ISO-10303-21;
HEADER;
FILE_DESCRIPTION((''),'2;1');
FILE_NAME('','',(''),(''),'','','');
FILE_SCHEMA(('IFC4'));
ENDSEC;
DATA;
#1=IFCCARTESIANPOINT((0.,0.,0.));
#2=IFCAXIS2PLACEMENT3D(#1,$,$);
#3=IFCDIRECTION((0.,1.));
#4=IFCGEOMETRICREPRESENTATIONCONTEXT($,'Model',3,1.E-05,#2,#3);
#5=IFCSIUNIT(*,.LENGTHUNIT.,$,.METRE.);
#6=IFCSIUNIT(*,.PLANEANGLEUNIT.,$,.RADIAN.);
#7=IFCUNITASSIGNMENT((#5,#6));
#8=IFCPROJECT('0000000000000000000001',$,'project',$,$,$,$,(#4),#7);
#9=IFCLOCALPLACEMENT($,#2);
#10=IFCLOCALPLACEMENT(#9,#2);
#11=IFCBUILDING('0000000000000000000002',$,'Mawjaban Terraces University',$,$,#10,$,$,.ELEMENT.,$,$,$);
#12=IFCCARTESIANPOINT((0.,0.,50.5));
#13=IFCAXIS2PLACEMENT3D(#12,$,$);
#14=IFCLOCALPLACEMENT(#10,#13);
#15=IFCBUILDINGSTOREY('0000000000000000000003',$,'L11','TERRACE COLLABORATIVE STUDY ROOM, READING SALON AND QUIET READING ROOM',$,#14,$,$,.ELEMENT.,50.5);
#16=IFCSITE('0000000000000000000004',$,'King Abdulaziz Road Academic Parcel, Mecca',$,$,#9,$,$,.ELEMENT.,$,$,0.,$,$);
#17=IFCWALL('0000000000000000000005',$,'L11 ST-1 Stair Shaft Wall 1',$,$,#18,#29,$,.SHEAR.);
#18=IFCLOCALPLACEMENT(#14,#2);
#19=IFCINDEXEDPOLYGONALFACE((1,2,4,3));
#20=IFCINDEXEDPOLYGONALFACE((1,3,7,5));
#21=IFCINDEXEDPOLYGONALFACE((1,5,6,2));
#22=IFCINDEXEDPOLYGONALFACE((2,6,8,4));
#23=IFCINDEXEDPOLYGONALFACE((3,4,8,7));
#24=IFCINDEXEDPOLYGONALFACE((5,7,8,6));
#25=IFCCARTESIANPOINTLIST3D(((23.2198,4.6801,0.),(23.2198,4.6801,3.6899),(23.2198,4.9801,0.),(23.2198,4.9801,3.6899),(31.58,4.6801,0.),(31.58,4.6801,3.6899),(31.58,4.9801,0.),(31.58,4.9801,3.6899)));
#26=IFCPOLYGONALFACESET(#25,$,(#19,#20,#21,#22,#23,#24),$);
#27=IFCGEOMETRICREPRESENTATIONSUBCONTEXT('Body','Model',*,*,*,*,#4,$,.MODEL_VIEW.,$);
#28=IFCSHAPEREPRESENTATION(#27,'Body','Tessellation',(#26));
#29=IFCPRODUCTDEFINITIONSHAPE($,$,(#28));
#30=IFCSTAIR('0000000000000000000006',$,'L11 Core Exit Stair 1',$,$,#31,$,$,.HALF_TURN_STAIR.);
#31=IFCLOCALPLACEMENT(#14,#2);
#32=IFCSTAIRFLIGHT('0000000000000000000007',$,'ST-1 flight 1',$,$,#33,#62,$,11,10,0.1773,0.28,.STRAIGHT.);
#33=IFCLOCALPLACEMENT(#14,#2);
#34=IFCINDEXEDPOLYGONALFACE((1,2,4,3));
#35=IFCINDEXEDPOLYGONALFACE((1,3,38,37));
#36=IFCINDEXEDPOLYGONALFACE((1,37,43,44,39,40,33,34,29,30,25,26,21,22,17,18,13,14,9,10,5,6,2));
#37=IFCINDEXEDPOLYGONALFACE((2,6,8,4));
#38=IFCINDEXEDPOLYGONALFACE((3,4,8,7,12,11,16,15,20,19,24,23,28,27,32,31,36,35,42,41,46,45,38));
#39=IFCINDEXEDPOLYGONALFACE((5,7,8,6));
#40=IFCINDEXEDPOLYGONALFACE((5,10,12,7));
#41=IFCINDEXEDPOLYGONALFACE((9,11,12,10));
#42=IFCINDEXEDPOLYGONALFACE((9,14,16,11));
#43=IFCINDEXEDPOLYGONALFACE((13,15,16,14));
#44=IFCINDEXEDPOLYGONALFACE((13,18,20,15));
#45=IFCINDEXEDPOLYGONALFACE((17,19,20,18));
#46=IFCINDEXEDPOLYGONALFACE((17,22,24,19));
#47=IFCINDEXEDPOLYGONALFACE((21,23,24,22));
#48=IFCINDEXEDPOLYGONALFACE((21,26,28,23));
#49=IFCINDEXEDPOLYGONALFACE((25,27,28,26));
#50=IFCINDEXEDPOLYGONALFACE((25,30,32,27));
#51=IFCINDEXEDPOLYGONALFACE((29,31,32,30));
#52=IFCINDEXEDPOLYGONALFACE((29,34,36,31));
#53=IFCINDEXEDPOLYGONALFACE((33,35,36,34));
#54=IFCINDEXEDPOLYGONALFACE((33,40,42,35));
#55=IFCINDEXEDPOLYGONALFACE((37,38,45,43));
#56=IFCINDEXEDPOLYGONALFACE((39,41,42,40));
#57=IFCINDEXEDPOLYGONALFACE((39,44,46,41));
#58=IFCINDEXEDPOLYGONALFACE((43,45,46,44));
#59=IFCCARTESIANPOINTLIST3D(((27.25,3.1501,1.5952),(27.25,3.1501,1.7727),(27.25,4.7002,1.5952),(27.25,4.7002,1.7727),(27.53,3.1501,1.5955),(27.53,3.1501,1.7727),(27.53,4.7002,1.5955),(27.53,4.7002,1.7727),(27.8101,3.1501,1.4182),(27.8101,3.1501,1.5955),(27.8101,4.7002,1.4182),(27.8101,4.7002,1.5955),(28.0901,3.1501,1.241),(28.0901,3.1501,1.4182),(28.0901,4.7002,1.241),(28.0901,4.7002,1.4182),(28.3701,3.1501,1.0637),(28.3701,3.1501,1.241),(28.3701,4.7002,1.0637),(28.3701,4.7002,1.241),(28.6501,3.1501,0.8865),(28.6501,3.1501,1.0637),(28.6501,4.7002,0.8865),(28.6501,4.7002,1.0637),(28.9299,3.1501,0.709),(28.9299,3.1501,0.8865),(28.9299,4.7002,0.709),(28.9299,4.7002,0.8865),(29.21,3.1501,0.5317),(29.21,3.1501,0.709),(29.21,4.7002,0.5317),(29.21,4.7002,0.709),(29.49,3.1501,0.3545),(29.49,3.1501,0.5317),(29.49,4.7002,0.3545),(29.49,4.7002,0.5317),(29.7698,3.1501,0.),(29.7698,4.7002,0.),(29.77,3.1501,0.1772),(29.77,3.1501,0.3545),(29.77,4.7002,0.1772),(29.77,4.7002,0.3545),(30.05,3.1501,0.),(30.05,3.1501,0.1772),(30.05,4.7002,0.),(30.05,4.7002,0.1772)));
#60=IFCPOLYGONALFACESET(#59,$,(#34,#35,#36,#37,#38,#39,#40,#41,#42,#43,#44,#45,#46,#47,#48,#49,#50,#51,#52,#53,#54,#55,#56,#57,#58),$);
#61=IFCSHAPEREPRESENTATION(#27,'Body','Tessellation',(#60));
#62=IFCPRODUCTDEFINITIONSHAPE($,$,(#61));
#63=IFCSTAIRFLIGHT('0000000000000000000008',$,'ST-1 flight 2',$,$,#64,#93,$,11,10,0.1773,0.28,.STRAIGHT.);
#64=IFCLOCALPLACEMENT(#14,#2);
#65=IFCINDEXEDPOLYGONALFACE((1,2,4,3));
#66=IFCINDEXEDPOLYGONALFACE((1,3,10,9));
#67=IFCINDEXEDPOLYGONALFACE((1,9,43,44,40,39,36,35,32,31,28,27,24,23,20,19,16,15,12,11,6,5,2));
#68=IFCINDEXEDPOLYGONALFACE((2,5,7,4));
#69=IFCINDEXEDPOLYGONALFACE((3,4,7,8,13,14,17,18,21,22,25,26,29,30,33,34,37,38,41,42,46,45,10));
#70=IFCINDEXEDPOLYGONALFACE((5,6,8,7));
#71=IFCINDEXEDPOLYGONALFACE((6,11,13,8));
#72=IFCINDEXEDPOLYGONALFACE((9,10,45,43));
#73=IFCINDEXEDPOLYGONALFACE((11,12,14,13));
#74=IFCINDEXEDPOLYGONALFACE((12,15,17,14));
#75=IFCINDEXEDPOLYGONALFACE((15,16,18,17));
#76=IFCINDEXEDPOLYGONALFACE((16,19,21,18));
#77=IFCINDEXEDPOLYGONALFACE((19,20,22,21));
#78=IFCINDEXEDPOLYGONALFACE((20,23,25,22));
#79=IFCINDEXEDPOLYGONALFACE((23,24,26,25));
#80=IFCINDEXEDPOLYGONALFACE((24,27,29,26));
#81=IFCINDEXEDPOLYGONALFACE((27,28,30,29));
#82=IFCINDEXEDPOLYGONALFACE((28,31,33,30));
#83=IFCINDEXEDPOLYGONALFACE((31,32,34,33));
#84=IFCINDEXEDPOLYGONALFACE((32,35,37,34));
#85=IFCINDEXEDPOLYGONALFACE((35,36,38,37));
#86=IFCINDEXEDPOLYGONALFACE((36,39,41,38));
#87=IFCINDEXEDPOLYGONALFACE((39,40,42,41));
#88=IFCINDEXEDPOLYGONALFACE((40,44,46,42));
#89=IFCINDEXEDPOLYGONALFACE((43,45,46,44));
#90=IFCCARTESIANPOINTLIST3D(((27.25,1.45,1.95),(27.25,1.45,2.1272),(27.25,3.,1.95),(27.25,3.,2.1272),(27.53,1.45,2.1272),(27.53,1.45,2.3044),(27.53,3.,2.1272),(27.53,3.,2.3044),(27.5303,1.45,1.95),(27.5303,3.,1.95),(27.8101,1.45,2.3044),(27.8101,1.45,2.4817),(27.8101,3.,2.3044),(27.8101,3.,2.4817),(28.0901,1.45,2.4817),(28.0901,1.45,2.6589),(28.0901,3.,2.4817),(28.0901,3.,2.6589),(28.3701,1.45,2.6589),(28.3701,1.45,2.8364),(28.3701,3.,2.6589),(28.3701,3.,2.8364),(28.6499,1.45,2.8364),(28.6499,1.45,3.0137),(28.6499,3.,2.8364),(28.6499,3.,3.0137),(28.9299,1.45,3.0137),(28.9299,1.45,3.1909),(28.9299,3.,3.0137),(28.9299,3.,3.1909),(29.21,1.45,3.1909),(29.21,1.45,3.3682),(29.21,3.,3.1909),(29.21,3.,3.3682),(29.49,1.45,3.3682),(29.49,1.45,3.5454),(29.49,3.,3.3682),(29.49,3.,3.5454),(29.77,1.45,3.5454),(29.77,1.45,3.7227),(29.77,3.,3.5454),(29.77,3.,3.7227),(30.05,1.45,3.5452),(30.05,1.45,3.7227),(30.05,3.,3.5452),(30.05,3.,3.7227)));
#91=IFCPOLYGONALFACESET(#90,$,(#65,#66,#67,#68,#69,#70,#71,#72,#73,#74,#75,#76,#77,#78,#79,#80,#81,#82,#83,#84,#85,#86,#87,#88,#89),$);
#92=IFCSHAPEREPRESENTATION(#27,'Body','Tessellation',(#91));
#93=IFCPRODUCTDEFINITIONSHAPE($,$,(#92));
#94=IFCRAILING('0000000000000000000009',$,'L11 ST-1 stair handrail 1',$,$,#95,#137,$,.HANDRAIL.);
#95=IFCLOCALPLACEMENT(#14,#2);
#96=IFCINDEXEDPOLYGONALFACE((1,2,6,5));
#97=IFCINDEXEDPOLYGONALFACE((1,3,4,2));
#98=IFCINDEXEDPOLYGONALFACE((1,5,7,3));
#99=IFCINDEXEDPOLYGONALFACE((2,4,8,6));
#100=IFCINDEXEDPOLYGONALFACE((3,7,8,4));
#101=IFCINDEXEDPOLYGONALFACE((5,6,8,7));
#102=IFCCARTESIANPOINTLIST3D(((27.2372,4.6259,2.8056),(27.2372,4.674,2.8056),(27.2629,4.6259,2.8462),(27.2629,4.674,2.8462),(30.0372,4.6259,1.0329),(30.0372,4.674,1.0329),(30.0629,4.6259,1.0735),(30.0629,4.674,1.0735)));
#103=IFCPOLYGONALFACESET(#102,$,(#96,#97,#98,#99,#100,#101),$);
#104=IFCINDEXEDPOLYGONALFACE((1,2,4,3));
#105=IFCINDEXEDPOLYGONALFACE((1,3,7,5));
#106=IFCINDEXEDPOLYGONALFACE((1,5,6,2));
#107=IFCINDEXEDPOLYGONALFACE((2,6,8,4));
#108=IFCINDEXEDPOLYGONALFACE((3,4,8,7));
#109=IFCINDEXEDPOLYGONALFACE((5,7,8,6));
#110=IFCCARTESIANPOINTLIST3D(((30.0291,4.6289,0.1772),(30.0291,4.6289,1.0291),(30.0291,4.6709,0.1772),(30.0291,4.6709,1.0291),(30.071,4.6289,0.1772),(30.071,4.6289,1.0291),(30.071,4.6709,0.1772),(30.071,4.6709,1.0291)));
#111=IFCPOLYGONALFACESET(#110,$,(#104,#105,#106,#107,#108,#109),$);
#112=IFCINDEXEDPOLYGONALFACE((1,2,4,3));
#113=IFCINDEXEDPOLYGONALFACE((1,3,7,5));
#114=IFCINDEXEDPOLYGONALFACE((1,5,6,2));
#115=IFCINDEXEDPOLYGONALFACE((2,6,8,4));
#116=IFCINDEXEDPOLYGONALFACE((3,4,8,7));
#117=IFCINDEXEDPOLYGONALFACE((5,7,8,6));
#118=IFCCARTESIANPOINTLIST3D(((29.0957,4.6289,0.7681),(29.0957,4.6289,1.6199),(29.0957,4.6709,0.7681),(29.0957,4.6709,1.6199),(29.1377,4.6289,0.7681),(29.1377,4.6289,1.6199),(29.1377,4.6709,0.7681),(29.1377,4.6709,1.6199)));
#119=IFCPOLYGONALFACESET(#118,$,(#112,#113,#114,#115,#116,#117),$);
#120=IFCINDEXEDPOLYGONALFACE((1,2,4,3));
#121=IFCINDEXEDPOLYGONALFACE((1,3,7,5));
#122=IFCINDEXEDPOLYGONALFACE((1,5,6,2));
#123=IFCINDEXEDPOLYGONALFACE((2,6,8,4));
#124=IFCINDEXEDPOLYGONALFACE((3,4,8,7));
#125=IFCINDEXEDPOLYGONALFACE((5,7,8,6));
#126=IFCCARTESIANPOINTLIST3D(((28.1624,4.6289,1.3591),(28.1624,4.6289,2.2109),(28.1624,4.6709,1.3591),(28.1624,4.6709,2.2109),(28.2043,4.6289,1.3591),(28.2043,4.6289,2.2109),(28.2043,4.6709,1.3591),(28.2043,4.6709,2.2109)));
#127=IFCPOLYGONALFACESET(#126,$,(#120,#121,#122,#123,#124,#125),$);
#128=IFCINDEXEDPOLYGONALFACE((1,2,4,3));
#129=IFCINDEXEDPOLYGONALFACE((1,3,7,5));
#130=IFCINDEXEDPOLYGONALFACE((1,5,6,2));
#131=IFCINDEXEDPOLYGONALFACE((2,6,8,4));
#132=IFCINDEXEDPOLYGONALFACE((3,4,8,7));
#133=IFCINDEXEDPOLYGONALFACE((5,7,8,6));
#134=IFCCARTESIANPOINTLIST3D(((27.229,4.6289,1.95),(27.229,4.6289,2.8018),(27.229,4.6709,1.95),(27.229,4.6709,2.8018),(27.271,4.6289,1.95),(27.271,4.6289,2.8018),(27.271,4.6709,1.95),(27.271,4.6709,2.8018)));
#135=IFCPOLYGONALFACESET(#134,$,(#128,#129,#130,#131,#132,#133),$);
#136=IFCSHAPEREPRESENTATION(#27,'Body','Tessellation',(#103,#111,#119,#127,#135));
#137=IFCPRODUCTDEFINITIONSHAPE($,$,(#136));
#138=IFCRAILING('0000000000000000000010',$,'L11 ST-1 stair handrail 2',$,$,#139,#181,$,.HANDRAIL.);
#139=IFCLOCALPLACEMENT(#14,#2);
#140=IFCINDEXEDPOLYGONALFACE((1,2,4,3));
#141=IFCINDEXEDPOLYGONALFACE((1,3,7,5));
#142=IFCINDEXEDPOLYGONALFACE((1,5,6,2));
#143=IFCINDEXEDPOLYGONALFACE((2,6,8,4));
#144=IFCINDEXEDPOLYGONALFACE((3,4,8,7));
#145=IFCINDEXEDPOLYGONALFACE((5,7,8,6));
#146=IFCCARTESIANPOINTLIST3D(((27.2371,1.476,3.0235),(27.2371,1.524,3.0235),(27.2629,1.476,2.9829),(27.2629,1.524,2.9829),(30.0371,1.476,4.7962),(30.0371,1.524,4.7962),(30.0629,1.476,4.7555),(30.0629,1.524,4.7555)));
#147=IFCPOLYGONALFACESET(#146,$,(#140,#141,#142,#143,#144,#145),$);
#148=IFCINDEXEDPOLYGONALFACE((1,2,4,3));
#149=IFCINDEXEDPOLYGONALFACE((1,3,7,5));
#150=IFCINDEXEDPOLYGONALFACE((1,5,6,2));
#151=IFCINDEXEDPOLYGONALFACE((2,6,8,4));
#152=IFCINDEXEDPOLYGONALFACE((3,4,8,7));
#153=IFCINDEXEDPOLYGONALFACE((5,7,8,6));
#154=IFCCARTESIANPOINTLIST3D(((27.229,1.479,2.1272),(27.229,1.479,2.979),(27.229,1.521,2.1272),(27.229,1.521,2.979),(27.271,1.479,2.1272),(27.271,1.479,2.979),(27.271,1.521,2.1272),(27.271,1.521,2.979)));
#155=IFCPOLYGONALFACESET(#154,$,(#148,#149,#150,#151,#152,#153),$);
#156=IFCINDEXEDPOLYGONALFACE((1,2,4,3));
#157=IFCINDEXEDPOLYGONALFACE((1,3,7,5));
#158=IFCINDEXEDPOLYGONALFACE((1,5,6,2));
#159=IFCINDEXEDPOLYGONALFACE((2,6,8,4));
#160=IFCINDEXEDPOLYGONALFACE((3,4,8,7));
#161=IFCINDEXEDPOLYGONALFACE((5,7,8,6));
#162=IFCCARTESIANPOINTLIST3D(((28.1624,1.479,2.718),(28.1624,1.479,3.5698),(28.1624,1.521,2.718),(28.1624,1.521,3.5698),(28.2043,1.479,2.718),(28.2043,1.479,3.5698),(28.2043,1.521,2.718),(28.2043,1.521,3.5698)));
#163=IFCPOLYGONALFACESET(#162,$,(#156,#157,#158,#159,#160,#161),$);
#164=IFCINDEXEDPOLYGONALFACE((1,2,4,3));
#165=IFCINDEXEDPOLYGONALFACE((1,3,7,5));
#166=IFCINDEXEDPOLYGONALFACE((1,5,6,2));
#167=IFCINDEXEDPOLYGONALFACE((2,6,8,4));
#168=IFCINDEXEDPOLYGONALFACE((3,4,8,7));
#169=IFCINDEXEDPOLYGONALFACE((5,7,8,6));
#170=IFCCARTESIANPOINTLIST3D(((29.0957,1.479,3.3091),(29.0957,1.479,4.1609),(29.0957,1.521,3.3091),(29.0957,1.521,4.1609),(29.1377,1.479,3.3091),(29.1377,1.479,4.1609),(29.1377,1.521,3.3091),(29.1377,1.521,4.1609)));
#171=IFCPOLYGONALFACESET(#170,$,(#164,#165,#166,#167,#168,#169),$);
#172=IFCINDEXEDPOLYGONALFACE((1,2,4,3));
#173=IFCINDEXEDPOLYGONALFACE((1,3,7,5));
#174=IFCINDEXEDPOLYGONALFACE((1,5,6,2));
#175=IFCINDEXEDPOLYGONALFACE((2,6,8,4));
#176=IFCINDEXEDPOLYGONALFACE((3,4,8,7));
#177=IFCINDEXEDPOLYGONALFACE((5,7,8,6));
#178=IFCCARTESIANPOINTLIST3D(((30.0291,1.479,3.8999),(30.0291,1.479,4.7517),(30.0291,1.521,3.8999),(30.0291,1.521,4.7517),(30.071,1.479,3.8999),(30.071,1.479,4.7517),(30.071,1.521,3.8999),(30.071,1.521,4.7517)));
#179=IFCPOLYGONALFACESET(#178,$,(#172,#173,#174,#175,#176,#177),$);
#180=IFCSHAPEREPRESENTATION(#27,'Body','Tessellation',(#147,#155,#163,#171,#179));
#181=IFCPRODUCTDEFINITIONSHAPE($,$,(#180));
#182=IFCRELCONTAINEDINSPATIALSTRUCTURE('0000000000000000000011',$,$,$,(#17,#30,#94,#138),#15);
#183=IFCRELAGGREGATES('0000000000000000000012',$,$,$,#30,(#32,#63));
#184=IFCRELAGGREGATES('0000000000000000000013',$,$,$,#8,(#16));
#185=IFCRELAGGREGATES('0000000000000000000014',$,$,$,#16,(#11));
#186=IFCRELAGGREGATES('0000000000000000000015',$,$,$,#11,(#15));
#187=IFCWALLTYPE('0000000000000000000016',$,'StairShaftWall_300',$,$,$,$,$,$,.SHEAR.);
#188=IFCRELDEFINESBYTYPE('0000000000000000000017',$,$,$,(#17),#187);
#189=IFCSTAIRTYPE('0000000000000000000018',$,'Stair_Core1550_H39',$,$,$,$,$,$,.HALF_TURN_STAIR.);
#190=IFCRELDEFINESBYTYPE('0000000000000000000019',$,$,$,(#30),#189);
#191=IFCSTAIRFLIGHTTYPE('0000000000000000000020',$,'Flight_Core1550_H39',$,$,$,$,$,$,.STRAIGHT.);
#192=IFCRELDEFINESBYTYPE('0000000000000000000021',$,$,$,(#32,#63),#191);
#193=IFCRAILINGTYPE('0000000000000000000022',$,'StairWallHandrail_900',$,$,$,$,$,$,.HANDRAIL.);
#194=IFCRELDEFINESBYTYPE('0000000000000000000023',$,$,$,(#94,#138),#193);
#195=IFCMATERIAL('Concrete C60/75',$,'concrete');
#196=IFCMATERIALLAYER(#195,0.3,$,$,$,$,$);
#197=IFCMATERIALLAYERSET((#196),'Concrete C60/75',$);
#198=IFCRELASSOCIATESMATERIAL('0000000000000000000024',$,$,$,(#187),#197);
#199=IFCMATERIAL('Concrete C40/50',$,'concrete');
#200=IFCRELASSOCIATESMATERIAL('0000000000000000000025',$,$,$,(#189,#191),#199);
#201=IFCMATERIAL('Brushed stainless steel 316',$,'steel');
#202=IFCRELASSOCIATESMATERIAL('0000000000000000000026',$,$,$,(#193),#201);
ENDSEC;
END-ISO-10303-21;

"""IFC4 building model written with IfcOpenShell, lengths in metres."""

from ifc_helpers import new_model, si_unit, direction, frame, frame_2d, origin, origin_2d, place, context, subcontext, project, spatial, polyline, rectangle, outline, extrude, material, layer, layer_set, type_object, element, aggregate, save


model = new_model("IFC4")

# Units and contexts
model_context = context("Model", 3, precision=1e-05, world=origin(), true_north=direction((0.0, 1.0)))
body_context = subcontext(model_context, "Body", "Model", "MODEL_VIEW")
ifc_project = project(units=[si_unit("LENGTHUNIT", "METRE"), si_unit("PLANEANGLEUNIT", "RADIAN")], contexts=[model_context])

# Site, building, storey
site_placement = place(None, origin())
site = spatial("IfcSite", under=ifc_project, at=site_placement, Name="King Abdulaziz Road Academic Parcel, Mecca", CompositionType="ELEMENT", RefElevation=0.0)
building_placement = place(site_placement, origin())
building = spatial("IfcBuilding", under=site, at=building_placement, Name="Mawjaban Terraces University", CompositionType="ELEMENT")
storey_placement = place(building_placement, frame((0.0, 0.0, 50.5)))
storey = spatial("IfcBuildingStorey", under=building, at=storey_placement, Name="L11", Description="TERRACE COLLABORATIVE STUDY ROOM, READING SALON AND QUIET READING ROOM", CompositionType="ELEMENT", Elevation=50.5)

# Shared definitions
ifc_material_1 = material(Name="Concrete C40/50", Category="concrete")

# Wall
ifc_material_2 = material(Name="Concrete C60/75", Category="concrete")
ifc_layer_1 = layer(ifc_material_2, 0.3)
ifc_layer_set_1 = layer_set([ifc_layer_1], Name="Concrete C60/75")
wall_type_1 = type_object("IfcWallType", Name="StairShaftWall_300", PredefinedType="SHEAR", material=ifc_layer_set_1)
wall_1_placement = place(storey_placement, frame((31.5801, 4.8301, 0.0), z_axis=(0.0, 0.0, 1.0), x_axis=(-1.0, 0.0, 0.0)))
element("IfcWall", 1, at=wall_1_placement, inside=storey, type_object=wall_type_1, Name="L11 ST-1 Stair Shaft Wall 1", PredefinedType="SHEAR", context=body_context, shape_type="SweptSolid", body=[
    extrude(rectangle(XDim=8.3601, YDim=0.3, at=frame_2d((4.1802, 0.0))), origin(), (0.0, 0.0, 1.0), 3.6899),
])

# Stair, stair flights
stair_type = type_object("IfcStairType", Name="Stair_Core1550_H39", PredefinedType="HALF_TURN_STAIR", material=ifc_material_1)
stair_placement = place(storey_placement, origin())
stair = element("IfcStair", 2, at=stair_placement, inside=storey, type_object=stair_type, Name="L11 Core Exit Stair 1", PredefinedType="HALF_TURN_STAIR")
stair_flight_type = type_object("IfcStairFlightType", Name="Flight_Core1550_H39", PredefinedType="STRAIGHT", material=ifc_material_1)
stair_flight_1_placement = place(storey_placement, frame((30.05, 3.925, 0.0), z_axis=(0.0, 0.0, 1.0), x_axis=(-1.0, 0.0, 0.0)))
stair_flight_1 = element("IfcStairFlight", 3, at=stair_flight_1_placement, type_object=stair_flight_type, Name="ST-1 flight 1", NumberOfRisers=11, NumberOfTreads=10, PredefinedType="STRAIGHT", RiserHeight=0.1773, TreadLength=0.28, context=body_context, shape_type="SweptSolid", body=[
    extrude(outline(polyline([(0.0, 0.0), (0.0, 0.1772), (0.28, 0.1772), (0.28, 0.3545), (0.5601, 0.3545), (0.5601, 0.5317), (0.8401, 0.5317), (0.8401, 0.709), (1.1201, 0.709), (1.1201, 0.8865), (1.3999, 0.8865), (1.3999, 1.0637), (1.6799, 1.0637), (1.6799, 1.241), (1.96, 1.241), (1.96, 1.4182), (2.24, 1.4182), (2.24, 1.5955), (2.52, 1.5955), (2.52, 1.7727), (2.8, 1.7727), (2.8, 1.95), (2.8, 1.5952), (0.2803, 0.0), (0.0, 0.0)])), frame((0.0, 0.7749, 0.0), z_axis=(0.0, -1.0, 0.0), x_axis=(1.0, 0.0, 0.0)), (0.0, 0.0, 1.0), 1.55),
])
stair_flight_2_placement = place(storey_placement, frame((27.25, 2.2251, 1.95), z_axis=(0.0, 0.0, 1.0), x_axis=(1.0, 0.0, 0.0)))
stair_flight_2 = element("IfcStairFlight", 4, at=stair_flight_2_placement, type_object=stair_flight_type, Name="ST-1 flight 2", NumberOfRisers=11, NumberOfTreads=10, PredefinedType="STRAIGHT", RiserHeight=0.1773, TreadLength=0.28, context=body_context, shape_type="SweptSolid", body=[
    extrude(outline(polyline([(0.0, 0.0), (0.0, 0.1772), (0.28, 0.1772), (0.28, 0.3545), (0.5601, 0.3545), (0.5601, 0.5317), (0.8401, 0.5317), (0.8401, 0.709), (1.1201, 0.709), (1.1201, 0.8865), (1.3999, 0.8865), (1.3999, 1.0637), (1.6799, 1.0637), (1.6799, 1.241), (1.96, 1.241), (1.96, 1.4182), (2.24, 1.4182), (2.24, 1.5955), (2.52, 1.5955), (2.52, 1.7727), (2.8, 1.7727), (2.8, 1.95), (2.8, 1.5952), (0.2803, 0.0), (0.0, 0.0)])), frame((0.0, 0.7749, 0.0), z_axis=(0.0, -1.0, 0.0), x_axis=(1.0, 0.0, 0.0)), (0.0, 0.0, 1.0), 1.55),
])
aggregate(stair, [stair_flight_1, stair_flight_2])

# Railings
ifc_material_3 = material(Name="Brushed stainless steel 316", Category="steel")
railing_type_1 = type_object("IfcRailingType", Name="StairWallHandrail_900", PredefinedType="HANDRAIL", material=ifc_material_3)
railing_1_placement = place(storey_placement, frame((30.05, 4.6499, 0.1772)))
element("IfcRailing", 5, at=railing_1_placement, inside=storey, type_object=railing_type_1, Name="L11 ST-1 stair handrail 1", PredefinedType="HANDRAIL", context=body_context, shape_type="SweptSolid", body=[
    extrude(rectangle(XDim=0.0481, YDim=0.0481, at=origin_2d()), frame((0.0, 0.0, 0.876), z_axis=(-0.844909, 0.0, 0.53491), x_axis=(0.0, -1.0, 0.0)), (0.0, 0.0, 1.0), 3.314),
    extrude(rectangle(XDim=0.042, YDim=0.042, at=origin_2d()), origin(), (0.0, 0.0, 1.0), 0.8518),
    extrude(rectangle(XDim=0.042, YDim=0.042, at=origin_2d()), frame((-0.9333, 0.0, 0.5908)), (0.0, 0.0, 1.0), 0.8518),
    extrude(rectangle(XDim=0.042, YDim=0.042, at=origin_2d()), frame((-1.8667, 0.0, 1.1819)), (0.0, 0.0, 1.0), 0.8518),
    extrude(rectangle(XDim=0.042, YDim=0.042, at=origin_2d()), frame((-2.8, 0.0, 1.7727)), (0.0, 0.0, 1.0), 0.8518),
])
railing_2_placement = place(storey_placement, frame((27.25, 1.5, 2.1272)))
element("IfcRailing", 6, at=railing_2_placement, inside=storey, type_object=railing_type_1, Name="L11 ST-1 stair handrail 2", PredefinedType="HANDRAIL", context=body_context, shape_type="SweptSolid", body=[
    extrude(rectangle(XDim=0.0481, YDim=0.0481, at=origin_2d()), frame((0.0, 0.0, 0.876), z_axis=(0.844909, 0.0, 0.53491), x_axis=(0.0, 1.0, 0.0)), (0.0, 0.0, 1.0), 3.314),
    extrude(rectangle(XDim=0.042, YDim=0.042, at=origin_2d()), origin(), (0.0, 0.0, 1.0), 0.8518),
    extrude(rectangle(XDim=0.042, YDim=0.042, at=origin_2d()), frame((0.9333, 0.0, 0.5908)), (0.0, 0.0, 1.0), 0.8518),
    extrude(rectangle(XDim=0.042, YDim=0.042, at=origin_2d()), frame((1.8667, 0.0, 1.1819)), (0.0, 0.0, 1.0), 0.8518),
    extrude(rectangle(XDim=0.042, YDim=0.042, at=origin_2d()), frame((2.8, 0.0, 1.7727)), (0.0, 0.0, 1.0), 0.8518),
])

save(model, "model.ifc")
